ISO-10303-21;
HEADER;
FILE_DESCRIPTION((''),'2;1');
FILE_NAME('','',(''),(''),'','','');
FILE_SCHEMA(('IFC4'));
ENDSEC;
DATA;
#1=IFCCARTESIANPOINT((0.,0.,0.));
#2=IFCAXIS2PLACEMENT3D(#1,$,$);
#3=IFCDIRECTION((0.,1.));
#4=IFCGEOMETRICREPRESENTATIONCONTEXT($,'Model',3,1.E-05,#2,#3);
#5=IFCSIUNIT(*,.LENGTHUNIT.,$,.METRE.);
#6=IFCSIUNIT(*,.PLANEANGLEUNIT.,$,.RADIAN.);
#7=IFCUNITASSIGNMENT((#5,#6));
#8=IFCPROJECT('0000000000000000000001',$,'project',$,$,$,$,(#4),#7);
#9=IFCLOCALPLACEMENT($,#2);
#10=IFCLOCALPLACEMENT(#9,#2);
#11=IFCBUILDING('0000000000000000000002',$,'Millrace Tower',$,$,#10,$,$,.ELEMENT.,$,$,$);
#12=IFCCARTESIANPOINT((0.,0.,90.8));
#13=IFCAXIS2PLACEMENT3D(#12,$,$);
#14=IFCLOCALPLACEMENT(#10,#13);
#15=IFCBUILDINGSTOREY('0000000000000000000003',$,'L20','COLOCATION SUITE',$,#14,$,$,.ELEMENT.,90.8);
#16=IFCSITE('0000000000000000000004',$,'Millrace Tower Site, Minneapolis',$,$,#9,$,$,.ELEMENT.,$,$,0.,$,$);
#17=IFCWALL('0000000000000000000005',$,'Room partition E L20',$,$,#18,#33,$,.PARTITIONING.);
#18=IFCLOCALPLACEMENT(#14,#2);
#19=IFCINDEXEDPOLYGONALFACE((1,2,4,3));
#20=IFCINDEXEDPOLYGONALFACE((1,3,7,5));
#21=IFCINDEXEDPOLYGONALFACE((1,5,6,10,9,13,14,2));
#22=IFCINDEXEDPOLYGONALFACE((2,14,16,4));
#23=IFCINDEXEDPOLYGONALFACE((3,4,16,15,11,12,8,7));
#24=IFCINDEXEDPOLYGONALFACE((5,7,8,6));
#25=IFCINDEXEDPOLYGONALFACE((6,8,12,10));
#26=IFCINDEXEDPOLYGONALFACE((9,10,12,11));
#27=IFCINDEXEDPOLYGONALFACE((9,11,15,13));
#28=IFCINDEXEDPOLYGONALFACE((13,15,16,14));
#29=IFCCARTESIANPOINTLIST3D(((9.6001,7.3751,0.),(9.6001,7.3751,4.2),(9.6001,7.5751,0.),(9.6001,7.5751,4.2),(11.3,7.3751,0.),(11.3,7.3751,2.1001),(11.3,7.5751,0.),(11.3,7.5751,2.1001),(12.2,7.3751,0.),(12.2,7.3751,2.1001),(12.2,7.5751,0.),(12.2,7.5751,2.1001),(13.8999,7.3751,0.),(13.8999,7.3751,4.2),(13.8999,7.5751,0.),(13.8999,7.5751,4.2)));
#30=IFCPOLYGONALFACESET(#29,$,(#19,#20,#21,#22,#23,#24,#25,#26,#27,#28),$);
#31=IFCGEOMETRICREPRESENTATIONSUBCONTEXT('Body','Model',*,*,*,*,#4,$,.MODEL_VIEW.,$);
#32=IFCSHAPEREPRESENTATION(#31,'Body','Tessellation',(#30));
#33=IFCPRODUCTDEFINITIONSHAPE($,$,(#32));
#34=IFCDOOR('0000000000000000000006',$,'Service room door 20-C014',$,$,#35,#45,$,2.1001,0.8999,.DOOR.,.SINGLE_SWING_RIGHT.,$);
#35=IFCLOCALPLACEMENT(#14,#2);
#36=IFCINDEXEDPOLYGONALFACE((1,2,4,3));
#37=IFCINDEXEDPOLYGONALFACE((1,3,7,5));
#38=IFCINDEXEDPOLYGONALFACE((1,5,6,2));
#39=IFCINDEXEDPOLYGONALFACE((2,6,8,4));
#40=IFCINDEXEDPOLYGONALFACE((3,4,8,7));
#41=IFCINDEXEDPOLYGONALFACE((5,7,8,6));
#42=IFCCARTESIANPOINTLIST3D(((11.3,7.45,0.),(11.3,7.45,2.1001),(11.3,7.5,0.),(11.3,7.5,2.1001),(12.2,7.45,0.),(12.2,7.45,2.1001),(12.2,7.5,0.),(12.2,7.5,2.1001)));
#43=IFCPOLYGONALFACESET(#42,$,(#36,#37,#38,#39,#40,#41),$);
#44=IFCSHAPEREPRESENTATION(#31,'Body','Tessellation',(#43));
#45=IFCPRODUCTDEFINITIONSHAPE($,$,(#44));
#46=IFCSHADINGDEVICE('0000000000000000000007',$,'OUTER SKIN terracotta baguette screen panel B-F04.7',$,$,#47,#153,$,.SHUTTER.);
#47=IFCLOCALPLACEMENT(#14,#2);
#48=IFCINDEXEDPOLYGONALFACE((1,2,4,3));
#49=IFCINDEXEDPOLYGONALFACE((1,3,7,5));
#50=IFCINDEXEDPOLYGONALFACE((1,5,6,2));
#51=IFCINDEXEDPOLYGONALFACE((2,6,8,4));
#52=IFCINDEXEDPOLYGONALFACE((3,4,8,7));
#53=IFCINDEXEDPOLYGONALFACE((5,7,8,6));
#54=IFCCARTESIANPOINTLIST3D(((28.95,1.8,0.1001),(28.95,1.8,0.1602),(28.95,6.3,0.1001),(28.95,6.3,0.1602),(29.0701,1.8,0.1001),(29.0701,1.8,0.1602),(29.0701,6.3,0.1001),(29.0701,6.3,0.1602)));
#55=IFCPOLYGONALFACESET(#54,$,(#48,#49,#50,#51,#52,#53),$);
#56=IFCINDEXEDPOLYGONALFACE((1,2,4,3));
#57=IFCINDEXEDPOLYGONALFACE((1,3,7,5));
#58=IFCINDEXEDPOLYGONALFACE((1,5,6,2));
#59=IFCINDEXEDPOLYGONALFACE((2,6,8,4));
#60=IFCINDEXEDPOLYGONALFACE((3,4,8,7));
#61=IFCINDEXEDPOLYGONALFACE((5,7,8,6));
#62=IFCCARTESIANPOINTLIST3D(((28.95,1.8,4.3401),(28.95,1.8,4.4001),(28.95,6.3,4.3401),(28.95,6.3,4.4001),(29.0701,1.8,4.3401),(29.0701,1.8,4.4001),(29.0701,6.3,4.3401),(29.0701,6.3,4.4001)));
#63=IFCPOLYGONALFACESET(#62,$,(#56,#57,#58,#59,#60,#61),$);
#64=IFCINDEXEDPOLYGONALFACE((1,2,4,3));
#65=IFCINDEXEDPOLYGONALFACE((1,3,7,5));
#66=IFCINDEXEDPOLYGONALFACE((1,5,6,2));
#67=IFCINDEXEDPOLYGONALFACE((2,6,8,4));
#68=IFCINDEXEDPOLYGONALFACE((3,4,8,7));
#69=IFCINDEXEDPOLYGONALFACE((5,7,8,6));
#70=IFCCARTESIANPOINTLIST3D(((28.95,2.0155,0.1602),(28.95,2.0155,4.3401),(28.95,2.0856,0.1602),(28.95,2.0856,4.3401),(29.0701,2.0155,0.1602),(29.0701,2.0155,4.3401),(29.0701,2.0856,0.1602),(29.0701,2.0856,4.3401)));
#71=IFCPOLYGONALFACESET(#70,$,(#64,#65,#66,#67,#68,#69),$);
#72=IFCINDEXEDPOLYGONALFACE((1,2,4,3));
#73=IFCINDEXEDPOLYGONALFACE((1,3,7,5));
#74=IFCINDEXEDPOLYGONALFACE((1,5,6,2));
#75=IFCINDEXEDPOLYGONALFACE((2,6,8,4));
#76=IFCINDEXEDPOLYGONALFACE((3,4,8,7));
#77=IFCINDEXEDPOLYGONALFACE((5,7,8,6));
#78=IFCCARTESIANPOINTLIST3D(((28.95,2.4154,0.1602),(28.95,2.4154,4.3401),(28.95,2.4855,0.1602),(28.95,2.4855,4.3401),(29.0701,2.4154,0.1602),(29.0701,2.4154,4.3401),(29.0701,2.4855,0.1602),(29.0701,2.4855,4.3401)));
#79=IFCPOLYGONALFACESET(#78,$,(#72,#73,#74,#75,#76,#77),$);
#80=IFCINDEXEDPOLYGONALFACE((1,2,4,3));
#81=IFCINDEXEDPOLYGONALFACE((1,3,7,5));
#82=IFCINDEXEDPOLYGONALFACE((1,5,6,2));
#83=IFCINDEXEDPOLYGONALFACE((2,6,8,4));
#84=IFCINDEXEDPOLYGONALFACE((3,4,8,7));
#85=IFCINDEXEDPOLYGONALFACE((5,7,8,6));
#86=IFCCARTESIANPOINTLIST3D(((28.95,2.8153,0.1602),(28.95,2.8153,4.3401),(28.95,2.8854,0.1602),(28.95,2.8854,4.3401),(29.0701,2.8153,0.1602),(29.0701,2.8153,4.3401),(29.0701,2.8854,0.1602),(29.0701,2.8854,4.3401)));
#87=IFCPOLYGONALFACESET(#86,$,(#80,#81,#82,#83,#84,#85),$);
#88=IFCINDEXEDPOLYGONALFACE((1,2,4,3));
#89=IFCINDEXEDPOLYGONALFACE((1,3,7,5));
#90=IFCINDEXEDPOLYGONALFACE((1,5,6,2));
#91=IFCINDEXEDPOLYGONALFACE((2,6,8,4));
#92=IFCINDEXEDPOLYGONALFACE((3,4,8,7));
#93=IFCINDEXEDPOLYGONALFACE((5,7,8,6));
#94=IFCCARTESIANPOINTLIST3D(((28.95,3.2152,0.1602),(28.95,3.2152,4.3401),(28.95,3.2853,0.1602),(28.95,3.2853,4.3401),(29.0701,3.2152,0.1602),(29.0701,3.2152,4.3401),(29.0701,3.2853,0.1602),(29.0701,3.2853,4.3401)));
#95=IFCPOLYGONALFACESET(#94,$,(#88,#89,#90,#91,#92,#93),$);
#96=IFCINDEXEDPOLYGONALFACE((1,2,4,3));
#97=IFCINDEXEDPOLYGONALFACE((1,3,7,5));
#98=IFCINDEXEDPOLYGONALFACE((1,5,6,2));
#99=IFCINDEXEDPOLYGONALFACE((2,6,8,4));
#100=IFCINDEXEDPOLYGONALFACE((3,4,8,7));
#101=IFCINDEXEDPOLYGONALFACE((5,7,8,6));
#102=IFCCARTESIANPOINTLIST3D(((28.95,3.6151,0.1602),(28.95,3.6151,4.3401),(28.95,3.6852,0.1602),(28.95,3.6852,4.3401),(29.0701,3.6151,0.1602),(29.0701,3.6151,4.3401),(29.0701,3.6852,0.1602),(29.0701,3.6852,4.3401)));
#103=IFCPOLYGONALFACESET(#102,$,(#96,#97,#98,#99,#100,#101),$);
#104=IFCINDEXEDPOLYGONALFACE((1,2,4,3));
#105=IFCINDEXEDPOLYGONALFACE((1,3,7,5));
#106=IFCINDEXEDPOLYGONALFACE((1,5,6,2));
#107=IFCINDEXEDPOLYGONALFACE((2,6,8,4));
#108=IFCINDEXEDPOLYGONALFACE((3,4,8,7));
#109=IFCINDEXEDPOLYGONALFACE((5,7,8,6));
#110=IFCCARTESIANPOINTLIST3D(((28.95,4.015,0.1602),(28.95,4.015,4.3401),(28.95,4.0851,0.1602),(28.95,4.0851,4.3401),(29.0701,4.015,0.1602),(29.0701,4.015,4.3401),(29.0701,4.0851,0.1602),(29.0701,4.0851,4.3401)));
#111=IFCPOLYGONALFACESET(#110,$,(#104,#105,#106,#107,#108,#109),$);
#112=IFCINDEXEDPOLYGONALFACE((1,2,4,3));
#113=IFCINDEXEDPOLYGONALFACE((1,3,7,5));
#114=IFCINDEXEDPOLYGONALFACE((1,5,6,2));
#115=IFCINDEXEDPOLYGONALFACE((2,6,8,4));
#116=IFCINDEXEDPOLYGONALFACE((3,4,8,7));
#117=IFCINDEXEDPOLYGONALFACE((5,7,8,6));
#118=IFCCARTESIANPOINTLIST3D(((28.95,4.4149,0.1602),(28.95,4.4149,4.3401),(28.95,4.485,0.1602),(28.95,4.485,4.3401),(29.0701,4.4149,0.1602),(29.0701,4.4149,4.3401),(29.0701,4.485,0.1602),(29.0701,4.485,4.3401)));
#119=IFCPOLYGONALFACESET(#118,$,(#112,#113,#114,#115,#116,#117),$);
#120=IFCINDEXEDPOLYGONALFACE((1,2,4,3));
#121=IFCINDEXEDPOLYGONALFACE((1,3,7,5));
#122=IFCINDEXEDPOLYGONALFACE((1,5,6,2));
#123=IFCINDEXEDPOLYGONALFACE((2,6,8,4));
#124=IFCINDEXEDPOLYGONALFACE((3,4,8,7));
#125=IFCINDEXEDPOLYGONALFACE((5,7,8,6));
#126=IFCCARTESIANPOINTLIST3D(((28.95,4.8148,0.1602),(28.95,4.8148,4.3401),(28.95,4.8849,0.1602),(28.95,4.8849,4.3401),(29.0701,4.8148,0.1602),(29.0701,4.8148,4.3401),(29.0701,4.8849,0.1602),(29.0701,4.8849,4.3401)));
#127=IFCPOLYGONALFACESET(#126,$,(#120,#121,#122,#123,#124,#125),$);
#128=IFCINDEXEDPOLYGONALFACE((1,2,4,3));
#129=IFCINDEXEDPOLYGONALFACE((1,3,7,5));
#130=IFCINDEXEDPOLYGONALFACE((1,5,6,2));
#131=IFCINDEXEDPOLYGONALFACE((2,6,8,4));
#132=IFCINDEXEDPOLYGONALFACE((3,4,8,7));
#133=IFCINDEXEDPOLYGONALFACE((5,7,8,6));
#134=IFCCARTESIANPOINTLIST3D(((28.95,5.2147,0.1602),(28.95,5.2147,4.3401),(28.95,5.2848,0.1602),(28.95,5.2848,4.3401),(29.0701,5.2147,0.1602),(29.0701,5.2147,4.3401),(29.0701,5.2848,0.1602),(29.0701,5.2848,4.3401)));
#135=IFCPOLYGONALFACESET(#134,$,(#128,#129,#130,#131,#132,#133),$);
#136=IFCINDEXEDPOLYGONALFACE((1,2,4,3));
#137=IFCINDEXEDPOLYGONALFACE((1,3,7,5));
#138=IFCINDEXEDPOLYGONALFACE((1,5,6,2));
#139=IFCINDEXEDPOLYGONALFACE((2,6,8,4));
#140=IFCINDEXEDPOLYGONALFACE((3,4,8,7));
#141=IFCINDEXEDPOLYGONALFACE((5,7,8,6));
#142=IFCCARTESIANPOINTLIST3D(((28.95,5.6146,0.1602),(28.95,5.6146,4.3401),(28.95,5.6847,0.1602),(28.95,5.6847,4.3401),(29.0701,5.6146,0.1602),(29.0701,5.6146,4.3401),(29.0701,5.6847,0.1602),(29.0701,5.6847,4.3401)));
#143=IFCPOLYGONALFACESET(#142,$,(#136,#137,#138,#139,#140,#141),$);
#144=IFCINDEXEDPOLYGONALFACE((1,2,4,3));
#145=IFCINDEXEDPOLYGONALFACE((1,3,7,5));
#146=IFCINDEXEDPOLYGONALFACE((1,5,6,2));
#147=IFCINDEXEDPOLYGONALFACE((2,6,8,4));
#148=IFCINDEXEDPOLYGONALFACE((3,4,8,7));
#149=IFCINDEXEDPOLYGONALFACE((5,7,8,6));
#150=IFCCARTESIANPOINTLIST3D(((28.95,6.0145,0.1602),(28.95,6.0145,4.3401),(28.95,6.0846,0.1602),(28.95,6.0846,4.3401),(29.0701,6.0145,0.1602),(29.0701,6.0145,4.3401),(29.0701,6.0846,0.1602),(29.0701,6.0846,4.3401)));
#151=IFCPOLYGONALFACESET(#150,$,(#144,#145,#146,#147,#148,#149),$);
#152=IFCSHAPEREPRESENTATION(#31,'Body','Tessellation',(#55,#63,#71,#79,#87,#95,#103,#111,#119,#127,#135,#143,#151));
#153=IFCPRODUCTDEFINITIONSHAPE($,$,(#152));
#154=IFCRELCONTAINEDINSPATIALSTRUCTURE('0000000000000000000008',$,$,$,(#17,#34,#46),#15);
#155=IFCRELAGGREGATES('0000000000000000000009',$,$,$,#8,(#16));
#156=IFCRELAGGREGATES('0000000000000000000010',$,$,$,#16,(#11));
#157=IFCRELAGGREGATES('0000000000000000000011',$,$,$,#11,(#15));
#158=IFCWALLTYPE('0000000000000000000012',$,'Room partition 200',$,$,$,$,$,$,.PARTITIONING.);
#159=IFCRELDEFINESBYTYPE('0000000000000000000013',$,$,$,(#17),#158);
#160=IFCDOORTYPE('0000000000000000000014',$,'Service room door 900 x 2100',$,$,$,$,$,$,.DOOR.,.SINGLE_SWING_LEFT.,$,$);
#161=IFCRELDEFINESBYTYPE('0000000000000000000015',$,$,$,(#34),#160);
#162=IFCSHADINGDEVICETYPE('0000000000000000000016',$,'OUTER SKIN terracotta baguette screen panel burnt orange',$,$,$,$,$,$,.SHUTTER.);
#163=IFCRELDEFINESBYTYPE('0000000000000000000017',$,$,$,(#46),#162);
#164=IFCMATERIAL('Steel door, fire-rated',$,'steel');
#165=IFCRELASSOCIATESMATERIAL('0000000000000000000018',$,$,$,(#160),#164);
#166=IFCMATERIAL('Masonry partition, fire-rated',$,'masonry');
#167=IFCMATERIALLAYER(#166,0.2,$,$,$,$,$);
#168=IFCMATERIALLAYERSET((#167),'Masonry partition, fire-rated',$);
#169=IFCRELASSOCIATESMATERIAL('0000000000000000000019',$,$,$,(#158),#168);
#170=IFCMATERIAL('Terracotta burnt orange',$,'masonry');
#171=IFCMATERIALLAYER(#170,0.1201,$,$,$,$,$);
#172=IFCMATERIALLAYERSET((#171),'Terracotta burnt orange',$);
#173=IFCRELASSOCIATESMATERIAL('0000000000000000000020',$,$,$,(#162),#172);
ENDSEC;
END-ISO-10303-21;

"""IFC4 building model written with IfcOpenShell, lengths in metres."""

from ifc_helpers import new_model, entity, si_unit, direction, frame, frame_2d, origin, origin_2d, place, context, subcontext, project, spatial, rectangle, extrude, source, transform, mapped, material, layer, layer_set, type_object, element, fill, save


model = new_model("IFC4")

# Units and contexts
model_context = context("Model", 3, precision=1e-05, world=origin(), true_north=direction((0.0, 1.0)))
body_context = subcontext(model_context, "Body", "Model", "MODEL_VIEW")
ifc_project = project(units=[si_unit("LENGTHUNIT", "METRE"), si_unit("PLANEANGLEUNIT", "RADIAN")], contexts=[model_context])

# Site, building, storey
site_placement = place(None, origin())
site = spatial("IfcSite", under=ifc_project, at=site_placement, Name="Millrace Tower Site, Minneapolis", CompositionType="ELEMENT", RefElevation=0.0)
building_placement = place(site_placement, origin())
building = spatial("IfcBuilding", under=site, at=building_placement, Name="Millrace Tower", CompositionType="ELEMENT")
storey_placement = place(building_placement, frame((0.0, 0.0, 90.8)))
storey = spatial("IfcBuildingStorey", under=building, at=storey_placement, Name="L20", Description="COLOCATION SUITE", CompositionType="ELEMENT", Elevation=90.8)

# Shared definitions
ifc_material_1 = material(Name="Steel door, fire-rated", Category="steel")
door_type_1 = type_object("IfcDoorType", Name="Service room door 900 x 2100", OperationType="SINGLE_SWING_LEFT", PredefinedType="DOOR", material=ifc_material_1)

# Wall, opening, door
ifc_material_2 = material(Name="Masonry partition, fire-rated", Category="masonry")
ifc_layer_1 = layer(ifc_material_2, 0.2)
ifc_layer_set_1 = layer_set([ifc_layer_1], Name="Masonry partition, fire-rated")
wall_type_1 = type_object("IfcWallType", Name="Room partition 200", PredefinedType="PARTITIONING", material=ifc_layer_set_1)
wall_1_placement = place(storey_placement, frame((13.8999, 7.4751, 0.0), z_axis=(0.0, 0.0, 1.0), x_axis=(-1.0, 0.0, 0.0)))
wall_1 = element("IfcWall", 1, at=wall_1_placement, inside=storey, type_object=wall_type_1, Name="Room partition E L20", PredefinedType="PARTITIONING", context=body_context, shape_type="SweptSolid", body=[
    extrude(rectangle(XDim=4.2998, YDim=0.2, at=frame_2d((2.1499, 0.0))), origin(), (0.0, 0.0, 1.0), 4.2),
])
opening_1_placement = place(wall_1_placement, frame((1.7, 0.0, 0.0)))
opening_1 = element("IfcOpeningElement", 2, at=opening_1_placement, cuts=wall_1, PredefinedType="OPENING", context=body_context, shape_type="SweptSolid", body=[
    extrude(rectangle(XDim=0.8999, YDim=2.1001, at=frame_2d((0.45, 1.05))), frame((0.0, 0.1099, 0.0), z_axis=(0.0, -1.0, 0.0), x_axis=(1.0, 0.0, 0.0)), (0.0, 0.0, 1.0), 0.22),
])
door_1_placement = place(opening_1_placement, frame((0.8999, 0.0, 0.0), z_axis=(0.0, 0.0, 1.0), x_axis=(-1.0, 0.0, 0.0)))
door_1 = element("IfcDoor", 3, at=door_1_placement, inside=storey, type_object=door_type_1, Name="Service room door 20-C014", OperationType="SINGLE_SWING_RIGHT", OverallHeight=2.1001, OverallWidth=0.8999, PredefinedType="DOOR", context=body_context, shape_type="SweptSolid", body=[
    extrude(rectangle(XDim=0.8999, YDim=2.1001, at=frame_2d((0.45, 1.05))), frame((0.0, 0.0249, 0.0), z_axis=(0.0, -1.0, 0.0), x_axis=(1.0, 0.0, 0.0)), (0.0, 0.0, 1.0), 0.05),
])
fill(opening_1, door_1)

# Shading device
ifc_material_3 = material(Name="Terracotta burnt orange", Category="masonry")
ifc_layer_2 = layer(ifc_material_3, 0.1201)
ifc_layer_set_2 = layer_set([ifc_layer_2], Name="Terracotta burnt orange")
shading_device_type = type_object("IfcShadingDeviceType", Name="OUTER SKIN terracotta baguette screen panel burnt orange", PredefinedType="SHUTTER", material=ifc_layer_set_2)
cartesian_point = entity("IfcCartesianPoint", [-2.25, 0.0601])
shared_polyline = entity("IfcPolyline", [cartesian_point, entity("IfcCartesianPoint", [2.25, 0.0601]), entity("IfcCartesianPoint", [2.25, -0.0601]), entity("IfcCartesianPoint", [-2.25, -0.0601]), cartesian_point])
shared_shape = source(origin(), body_context, "Body", "SweptSolid", [
    entity("IfcExtrudedAreaSolid", entity("IfcArbitraryClosedProfileDef", "AREA", None, shared_polyline), entity("IfcAxis2Placement3D", entity("IfcCartesianPoint", [0.0, 0.0, 0.0])), entity("IfcDirection", [0.0, 0.0, 1.0]), 0.0601),
    entity("IfcExtrudedAreaSolid", entity("IfcArbitraryClosedProfileDef", "AREA", None, shared_polyline), entity("IfcAxis2Placement3D", entity("IfcCartesianPoint", [0.0, 0.0, 4.24])), entity("IfcDirection", [0.0, 0.0, 1.0]), 0.0601),
    extrude(rectangle(XDim=0.0701, YDim=0.1201, at=frame_2d((-1.9995, 0.0))), frame((0.0, 0.0, 0.0601)), (0.0, 0.0, 1.0), 4.1799),
    extrude(rectangle(XDim=0.0701, YDim=0.1201, at=frame_2d((-1.5996, 0.0))), frame((0.0, 0.0, 0.0601)), (0.0, 0.0, 1.0), 4.1799),
    extrude(rectangle(XDim=0.0701, YDim=0.1201, at=frame_2d((-1.1997, 0.0))), frame((0.0, 0.0, 0.0601)), (0.0, 0.0, 1.0), 4.1799),
    extrude(rectangle(XDim=0.0701, YDim=0.1201, at=frame_2d((-0.7998, 0.0))), frame((0.0, 0.0, 0.0601)), (0.0, 0.0, 1.0), 4.1799),
    extrude(rectangle(XDim=0.0701, YDim=0.1201, at=frame_2d((-0.3999, 0.0))), frame((0.0, 0.0, 0.0601)), (0.0, 0.0, 1.0), 4.1799),
    extrude(rectangle(XDim=0.0701, YDim=0.1201, at=origin_2d()), frame((0.0, 0.0, 0.0601)), (0.0, 0.0, 1.0), 4.1799),
    extrude(rectangle(XDim=0.0701, YDim=0.1201, at=frame_2d((0.3999, 0.0))), frame((0.0, 0.0, 0.0601)), (0.0, 0.0, 1.0), 4.1799),
    extrude(rectangle(XDim=0.0701, YDim=0.1201, at=frame_2d((0.7998, 0.0))), frame((0.0, 0.0, 0.0601)), (0.0, 0.0, 1.0), 4.1799),
    extrude(rectangle(XDim=0.0701, YDim=0.1201, at=frame_2d((1.1997, 0.0))), frame((0.0, 0.0, 0.0601)), (0.0, 0.0, 1.0), 4.1799),
    extrude(rectangle(XDim=0.0701, YDim=0.1201, at=frame_2d((1.5996, 0.0))), frame((0.0, 0.0, 0.0601)), (0.0, 0.0, 1.0), 4.1799),
    extrude(rectangle(XDim=0.0701, YDim=0.1201, at=frame_2d((1.9995, 0.0))), frame((0.0, 0.0, 0.0601)), (0.0, 0.0, 1.0), 4.1799),
])
for number, where, z_axis, x_axis, name in (
    (4, (29.01, 4.05, 0.1001), (0.0, 0.0, 1.0), (0.0, 1.0, 0.0), "OUTER SKIN terracotta baguette screen panel B-F04.7"),
):
    element("IfcShadingDevice", number, at=place(storey_placement, frame(where, z_axis=z_axis, x_axis=x_axis)), inside=storey, type_object=shading_device_type, Name=name, PredefinedType="SHUTTER", context=body_context, shape_type="MappedRepresentation", body=[
        mapped(shared_shape, transform((0.0, 0.0, 0.0), scale=1.0)),
    ])

save(model, "model.ifc")
